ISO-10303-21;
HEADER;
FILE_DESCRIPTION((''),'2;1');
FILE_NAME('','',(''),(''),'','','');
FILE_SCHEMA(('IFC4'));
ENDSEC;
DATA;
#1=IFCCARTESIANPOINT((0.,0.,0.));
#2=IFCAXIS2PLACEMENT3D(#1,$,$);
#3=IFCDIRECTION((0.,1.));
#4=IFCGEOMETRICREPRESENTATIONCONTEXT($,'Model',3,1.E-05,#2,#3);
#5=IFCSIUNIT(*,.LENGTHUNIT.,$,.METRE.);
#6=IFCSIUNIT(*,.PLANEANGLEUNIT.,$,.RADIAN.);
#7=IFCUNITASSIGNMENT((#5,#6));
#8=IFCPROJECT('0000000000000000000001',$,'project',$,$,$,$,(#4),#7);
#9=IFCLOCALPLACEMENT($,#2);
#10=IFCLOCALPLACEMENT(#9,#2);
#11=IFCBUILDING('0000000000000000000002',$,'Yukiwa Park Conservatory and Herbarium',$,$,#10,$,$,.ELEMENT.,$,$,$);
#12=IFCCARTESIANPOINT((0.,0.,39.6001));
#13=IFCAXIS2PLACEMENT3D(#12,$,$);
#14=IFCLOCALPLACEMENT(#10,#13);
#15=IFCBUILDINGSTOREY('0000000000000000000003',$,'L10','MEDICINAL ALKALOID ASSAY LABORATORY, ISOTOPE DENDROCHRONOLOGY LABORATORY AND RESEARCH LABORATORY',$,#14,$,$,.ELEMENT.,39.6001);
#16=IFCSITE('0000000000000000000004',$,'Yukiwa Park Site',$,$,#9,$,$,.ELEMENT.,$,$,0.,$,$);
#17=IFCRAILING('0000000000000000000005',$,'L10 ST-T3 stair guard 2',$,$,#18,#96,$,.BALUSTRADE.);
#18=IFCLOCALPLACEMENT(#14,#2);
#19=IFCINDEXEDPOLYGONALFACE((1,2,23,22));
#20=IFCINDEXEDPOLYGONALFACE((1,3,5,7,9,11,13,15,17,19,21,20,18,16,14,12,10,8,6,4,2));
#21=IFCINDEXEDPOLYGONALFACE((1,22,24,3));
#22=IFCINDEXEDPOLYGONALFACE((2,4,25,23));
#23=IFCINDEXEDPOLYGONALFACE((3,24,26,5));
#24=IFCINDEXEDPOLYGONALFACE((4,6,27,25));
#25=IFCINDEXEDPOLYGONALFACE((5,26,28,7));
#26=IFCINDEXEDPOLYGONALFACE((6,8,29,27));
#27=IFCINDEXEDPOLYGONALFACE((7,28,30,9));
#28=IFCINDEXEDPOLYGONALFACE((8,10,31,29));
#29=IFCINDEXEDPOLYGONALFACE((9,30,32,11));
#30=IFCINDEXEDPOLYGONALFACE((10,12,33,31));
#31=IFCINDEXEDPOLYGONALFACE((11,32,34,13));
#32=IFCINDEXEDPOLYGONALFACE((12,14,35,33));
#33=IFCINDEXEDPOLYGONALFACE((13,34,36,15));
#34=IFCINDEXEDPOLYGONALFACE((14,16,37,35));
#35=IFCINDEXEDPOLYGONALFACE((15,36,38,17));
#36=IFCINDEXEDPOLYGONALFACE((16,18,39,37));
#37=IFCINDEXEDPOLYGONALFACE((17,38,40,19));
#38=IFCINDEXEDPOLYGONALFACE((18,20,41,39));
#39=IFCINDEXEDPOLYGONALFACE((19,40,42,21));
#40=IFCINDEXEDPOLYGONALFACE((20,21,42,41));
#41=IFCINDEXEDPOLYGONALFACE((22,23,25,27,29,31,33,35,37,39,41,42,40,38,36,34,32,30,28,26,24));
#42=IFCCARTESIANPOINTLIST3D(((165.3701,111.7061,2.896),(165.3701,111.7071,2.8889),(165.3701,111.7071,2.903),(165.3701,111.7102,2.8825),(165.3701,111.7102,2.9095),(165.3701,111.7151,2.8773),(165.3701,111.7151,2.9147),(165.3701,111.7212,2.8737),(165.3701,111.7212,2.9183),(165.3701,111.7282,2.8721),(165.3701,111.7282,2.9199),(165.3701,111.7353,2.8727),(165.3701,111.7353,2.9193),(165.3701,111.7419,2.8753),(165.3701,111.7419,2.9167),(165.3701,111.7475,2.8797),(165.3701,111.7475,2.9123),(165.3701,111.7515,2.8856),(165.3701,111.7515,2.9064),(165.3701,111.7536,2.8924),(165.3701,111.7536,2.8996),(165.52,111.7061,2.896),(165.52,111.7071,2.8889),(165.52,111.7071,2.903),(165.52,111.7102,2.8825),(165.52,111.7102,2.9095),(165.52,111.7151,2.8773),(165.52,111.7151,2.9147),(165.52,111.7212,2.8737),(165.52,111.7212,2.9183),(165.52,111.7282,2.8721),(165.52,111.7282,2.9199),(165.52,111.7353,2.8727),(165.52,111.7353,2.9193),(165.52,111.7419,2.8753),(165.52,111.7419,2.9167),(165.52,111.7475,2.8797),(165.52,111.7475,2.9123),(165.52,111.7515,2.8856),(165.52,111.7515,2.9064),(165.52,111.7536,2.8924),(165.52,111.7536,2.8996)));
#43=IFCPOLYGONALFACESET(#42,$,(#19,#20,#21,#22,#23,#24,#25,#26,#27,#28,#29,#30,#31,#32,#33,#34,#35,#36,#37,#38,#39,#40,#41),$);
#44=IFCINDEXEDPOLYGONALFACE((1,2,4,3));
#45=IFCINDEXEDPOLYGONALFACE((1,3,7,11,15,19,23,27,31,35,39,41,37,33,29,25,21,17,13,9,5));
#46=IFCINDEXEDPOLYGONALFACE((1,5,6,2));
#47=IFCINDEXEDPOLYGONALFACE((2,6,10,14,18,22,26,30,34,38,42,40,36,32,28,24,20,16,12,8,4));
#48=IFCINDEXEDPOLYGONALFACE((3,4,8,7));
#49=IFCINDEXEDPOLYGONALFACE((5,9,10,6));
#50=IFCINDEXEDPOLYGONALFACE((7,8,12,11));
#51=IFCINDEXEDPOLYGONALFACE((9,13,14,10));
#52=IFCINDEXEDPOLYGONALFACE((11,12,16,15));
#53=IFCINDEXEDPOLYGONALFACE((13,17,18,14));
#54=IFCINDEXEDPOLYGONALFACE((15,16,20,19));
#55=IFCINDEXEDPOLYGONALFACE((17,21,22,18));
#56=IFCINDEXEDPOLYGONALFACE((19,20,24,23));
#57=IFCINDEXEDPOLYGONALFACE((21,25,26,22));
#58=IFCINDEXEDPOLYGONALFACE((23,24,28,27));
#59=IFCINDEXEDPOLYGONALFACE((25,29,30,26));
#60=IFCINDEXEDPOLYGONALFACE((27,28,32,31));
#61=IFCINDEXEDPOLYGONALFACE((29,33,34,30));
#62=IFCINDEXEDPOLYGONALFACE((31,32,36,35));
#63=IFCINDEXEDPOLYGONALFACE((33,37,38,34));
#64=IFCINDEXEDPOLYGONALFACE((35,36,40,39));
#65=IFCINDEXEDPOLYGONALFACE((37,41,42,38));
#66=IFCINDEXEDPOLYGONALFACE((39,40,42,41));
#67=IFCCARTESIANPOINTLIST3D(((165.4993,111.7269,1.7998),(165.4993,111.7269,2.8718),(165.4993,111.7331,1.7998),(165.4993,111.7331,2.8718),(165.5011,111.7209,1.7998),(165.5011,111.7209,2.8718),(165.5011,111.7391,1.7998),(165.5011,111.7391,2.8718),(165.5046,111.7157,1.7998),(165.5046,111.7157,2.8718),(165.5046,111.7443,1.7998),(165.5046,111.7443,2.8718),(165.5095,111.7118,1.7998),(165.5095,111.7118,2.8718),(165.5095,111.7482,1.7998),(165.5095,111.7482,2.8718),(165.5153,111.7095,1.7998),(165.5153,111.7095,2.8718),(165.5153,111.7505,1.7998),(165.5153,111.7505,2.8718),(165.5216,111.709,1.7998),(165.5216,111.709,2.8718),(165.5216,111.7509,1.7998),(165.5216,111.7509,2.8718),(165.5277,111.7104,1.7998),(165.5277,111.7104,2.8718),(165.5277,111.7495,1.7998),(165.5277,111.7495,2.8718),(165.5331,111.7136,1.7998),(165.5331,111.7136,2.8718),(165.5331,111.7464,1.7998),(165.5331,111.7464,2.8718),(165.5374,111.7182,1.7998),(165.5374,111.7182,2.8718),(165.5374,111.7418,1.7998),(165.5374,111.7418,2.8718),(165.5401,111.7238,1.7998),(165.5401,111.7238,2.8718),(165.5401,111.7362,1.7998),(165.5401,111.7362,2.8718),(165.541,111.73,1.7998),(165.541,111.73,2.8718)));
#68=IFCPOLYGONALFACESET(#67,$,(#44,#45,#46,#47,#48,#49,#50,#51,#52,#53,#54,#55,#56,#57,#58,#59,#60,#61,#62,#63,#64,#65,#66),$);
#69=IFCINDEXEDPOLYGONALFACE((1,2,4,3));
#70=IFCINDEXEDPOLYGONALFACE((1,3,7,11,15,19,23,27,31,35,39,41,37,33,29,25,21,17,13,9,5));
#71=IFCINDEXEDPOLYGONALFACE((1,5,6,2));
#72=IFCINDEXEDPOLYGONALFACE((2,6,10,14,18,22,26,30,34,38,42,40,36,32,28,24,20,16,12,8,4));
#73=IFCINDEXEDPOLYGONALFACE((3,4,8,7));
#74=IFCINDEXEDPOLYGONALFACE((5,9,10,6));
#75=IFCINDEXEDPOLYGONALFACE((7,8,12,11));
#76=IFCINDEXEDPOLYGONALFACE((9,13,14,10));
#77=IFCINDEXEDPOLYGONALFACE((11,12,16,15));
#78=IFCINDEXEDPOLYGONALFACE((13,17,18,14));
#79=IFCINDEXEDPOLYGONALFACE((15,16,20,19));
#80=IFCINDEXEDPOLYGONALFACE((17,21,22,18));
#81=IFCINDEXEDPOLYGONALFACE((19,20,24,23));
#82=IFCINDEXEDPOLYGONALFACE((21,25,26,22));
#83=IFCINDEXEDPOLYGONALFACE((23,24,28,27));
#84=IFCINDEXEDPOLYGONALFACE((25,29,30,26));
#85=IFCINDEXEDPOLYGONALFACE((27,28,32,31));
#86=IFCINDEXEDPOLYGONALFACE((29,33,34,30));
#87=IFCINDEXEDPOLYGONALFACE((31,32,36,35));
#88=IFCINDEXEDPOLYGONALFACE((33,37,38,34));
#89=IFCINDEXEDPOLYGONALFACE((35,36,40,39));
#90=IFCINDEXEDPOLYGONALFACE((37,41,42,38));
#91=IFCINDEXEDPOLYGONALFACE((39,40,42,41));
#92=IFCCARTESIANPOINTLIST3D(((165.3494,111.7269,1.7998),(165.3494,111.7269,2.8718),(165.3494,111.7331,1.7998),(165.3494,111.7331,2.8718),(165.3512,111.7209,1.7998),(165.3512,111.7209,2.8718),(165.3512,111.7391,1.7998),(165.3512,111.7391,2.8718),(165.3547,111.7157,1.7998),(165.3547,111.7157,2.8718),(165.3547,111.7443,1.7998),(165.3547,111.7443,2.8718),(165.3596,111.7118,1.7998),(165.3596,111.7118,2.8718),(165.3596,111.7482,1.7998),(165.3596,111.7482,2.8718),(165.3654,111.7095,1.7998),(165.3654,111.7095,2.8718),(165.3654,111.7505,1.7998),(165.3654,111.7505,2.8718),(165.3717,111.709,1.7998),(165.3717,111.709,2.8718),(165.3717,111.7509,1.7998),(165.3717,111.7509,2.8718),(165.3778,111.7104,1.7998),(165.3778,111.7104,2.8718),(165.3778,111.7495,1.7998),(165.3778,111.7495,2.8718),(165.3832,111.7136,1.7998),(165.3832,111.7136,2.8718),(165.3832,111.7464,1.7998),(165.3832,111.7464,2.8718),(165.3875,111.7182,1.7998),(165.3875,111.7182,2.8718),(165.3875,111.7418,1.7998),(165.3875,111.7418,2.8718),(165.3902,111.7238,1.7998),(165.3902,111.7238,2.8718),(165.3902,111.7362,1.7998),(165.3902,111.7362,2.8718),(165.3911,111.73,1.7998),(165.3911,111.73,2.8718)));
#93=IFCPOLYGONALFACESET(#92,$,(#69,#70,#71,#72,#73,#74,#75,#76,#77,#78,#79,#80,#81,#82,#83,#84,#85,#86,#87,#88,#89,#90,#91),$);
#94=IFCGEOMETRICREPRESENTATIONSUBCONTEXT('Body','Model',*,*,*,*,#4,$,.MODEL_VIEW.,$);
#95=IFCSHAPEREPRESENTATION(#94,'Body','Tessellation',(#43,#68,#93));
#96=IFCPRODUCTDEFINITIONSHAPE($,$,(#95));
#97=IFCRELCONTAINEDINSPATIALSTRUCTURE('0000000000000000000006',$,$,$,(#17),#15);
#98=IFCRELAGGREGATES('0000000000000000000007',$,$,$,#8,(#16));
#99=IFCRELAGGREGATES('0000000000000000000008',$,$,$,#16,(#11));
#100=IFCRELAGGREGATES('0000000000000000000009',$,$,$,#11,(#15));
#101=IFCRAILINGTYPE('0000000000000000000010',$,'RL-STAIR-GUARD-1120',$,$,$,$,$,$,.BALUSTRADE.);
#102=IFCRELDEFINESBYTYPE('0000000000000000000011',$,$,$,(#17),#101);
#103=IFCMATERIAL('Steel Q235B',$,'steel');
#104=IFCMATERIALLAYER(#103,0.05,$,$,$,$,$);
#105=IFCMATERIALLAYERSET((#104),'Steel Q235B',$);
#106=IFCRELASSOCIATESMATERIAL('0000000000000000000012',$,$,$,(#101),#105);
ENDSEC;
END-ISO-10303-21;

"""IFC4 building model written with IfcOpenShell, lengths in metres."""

from ifc_helpers import new_model, si_unit, direction, frame, origin, origin_2d, place, context, subcontext, project, spatial, circle, extrude, material, layer, layer_set, type_object, element, save


model = new_model("IFC4")

# Units and contexts
model_context = context("Model", 3, precision=1e-05, world=origin(), true_north=direction((0.0, 1.0)))
body_context = subcontext(model_context, "Body", "Model", "MODEL_VIEW")
ifc_project = project(units=[si_unit("LENGTHUNIT", "METRE"), si_unit("PLANEANGLEUNIT", "RADIAN")], contexts=[model_context])

# Site, building, storey
site_placement = place(None, origin())
site = spatial("IfcSite", under=ifc_project, at=site_placement, Name="Yukiwa Park Site", CompositionType="ELEMENT", RefElevation=0.0)
building_placement = place(site_placement, origin())
building = spatial("IfcBuilding", under=site, at=building_placement, Name="Yukiwa Park Conservatory and Herbarium", CompositionType="ELEMENT")
storey_placement = place(building_placement, frame((0.0, 0.0, 39.6001)))
storey = spatial("IfcBuildingStorey", under=building, at=storey_placement, Name="L10", Description="MEDICINAL ALKALOID ASSAY LABORATORY, ISOTOPE DENDROCHRONOLOGY LABORATORY AND RESEARCH LABORATORY", CompositionType="ELEMENT", Elevation=39.6001)

# Railing
ifc_material_1 = material(Name="Steel Q235B", Category="steel")
ifc_layer_1 = layer(ifc_material_1, 0.05)
ifc_layer_set_1 = layer_set([ifc_layer_1], Name="Steel Q235B")
railing_type_1 = type_object("IfcRailingType", Name="RL-STAIR-GUARD-1120", PredefinedType="BALUSTRADE", material=ifc_layer_set_1)
railing_1_placement = place(storey_placement, frame((165.52, 111.73, 1.7998)))
element("IfcRailing", 1, at=railing_1_placement, inside=storey, type_object=railing_type_1, Name="L10 ST-T3 stair guard 2", PredefinedType="BALUSTRADE", context=body_context, shape_type="SweptSolid", body=[
    extrude(circle(Radius=0.0239, at=origin_2d()), frame((0.0, 0.0, 1.0962), z_axis=(-1.0, 0.0, 0.0), x_axis=(0.0, -1.0, 0.0)), (0.0, 0.0, 1.0), 0.1499),
    extrude(circle(Radius=0.021, at=origin_2d()), origin(), (0.0, 0.0, 1.0), 1.072),
    extrude(circle(Radius=0.021, at=origin_2d()), frame((-0.1499, 0.0, 0.0)), (0.0, 0.0, 1.0), 1.072),
])

save(model, "model.ifc")
